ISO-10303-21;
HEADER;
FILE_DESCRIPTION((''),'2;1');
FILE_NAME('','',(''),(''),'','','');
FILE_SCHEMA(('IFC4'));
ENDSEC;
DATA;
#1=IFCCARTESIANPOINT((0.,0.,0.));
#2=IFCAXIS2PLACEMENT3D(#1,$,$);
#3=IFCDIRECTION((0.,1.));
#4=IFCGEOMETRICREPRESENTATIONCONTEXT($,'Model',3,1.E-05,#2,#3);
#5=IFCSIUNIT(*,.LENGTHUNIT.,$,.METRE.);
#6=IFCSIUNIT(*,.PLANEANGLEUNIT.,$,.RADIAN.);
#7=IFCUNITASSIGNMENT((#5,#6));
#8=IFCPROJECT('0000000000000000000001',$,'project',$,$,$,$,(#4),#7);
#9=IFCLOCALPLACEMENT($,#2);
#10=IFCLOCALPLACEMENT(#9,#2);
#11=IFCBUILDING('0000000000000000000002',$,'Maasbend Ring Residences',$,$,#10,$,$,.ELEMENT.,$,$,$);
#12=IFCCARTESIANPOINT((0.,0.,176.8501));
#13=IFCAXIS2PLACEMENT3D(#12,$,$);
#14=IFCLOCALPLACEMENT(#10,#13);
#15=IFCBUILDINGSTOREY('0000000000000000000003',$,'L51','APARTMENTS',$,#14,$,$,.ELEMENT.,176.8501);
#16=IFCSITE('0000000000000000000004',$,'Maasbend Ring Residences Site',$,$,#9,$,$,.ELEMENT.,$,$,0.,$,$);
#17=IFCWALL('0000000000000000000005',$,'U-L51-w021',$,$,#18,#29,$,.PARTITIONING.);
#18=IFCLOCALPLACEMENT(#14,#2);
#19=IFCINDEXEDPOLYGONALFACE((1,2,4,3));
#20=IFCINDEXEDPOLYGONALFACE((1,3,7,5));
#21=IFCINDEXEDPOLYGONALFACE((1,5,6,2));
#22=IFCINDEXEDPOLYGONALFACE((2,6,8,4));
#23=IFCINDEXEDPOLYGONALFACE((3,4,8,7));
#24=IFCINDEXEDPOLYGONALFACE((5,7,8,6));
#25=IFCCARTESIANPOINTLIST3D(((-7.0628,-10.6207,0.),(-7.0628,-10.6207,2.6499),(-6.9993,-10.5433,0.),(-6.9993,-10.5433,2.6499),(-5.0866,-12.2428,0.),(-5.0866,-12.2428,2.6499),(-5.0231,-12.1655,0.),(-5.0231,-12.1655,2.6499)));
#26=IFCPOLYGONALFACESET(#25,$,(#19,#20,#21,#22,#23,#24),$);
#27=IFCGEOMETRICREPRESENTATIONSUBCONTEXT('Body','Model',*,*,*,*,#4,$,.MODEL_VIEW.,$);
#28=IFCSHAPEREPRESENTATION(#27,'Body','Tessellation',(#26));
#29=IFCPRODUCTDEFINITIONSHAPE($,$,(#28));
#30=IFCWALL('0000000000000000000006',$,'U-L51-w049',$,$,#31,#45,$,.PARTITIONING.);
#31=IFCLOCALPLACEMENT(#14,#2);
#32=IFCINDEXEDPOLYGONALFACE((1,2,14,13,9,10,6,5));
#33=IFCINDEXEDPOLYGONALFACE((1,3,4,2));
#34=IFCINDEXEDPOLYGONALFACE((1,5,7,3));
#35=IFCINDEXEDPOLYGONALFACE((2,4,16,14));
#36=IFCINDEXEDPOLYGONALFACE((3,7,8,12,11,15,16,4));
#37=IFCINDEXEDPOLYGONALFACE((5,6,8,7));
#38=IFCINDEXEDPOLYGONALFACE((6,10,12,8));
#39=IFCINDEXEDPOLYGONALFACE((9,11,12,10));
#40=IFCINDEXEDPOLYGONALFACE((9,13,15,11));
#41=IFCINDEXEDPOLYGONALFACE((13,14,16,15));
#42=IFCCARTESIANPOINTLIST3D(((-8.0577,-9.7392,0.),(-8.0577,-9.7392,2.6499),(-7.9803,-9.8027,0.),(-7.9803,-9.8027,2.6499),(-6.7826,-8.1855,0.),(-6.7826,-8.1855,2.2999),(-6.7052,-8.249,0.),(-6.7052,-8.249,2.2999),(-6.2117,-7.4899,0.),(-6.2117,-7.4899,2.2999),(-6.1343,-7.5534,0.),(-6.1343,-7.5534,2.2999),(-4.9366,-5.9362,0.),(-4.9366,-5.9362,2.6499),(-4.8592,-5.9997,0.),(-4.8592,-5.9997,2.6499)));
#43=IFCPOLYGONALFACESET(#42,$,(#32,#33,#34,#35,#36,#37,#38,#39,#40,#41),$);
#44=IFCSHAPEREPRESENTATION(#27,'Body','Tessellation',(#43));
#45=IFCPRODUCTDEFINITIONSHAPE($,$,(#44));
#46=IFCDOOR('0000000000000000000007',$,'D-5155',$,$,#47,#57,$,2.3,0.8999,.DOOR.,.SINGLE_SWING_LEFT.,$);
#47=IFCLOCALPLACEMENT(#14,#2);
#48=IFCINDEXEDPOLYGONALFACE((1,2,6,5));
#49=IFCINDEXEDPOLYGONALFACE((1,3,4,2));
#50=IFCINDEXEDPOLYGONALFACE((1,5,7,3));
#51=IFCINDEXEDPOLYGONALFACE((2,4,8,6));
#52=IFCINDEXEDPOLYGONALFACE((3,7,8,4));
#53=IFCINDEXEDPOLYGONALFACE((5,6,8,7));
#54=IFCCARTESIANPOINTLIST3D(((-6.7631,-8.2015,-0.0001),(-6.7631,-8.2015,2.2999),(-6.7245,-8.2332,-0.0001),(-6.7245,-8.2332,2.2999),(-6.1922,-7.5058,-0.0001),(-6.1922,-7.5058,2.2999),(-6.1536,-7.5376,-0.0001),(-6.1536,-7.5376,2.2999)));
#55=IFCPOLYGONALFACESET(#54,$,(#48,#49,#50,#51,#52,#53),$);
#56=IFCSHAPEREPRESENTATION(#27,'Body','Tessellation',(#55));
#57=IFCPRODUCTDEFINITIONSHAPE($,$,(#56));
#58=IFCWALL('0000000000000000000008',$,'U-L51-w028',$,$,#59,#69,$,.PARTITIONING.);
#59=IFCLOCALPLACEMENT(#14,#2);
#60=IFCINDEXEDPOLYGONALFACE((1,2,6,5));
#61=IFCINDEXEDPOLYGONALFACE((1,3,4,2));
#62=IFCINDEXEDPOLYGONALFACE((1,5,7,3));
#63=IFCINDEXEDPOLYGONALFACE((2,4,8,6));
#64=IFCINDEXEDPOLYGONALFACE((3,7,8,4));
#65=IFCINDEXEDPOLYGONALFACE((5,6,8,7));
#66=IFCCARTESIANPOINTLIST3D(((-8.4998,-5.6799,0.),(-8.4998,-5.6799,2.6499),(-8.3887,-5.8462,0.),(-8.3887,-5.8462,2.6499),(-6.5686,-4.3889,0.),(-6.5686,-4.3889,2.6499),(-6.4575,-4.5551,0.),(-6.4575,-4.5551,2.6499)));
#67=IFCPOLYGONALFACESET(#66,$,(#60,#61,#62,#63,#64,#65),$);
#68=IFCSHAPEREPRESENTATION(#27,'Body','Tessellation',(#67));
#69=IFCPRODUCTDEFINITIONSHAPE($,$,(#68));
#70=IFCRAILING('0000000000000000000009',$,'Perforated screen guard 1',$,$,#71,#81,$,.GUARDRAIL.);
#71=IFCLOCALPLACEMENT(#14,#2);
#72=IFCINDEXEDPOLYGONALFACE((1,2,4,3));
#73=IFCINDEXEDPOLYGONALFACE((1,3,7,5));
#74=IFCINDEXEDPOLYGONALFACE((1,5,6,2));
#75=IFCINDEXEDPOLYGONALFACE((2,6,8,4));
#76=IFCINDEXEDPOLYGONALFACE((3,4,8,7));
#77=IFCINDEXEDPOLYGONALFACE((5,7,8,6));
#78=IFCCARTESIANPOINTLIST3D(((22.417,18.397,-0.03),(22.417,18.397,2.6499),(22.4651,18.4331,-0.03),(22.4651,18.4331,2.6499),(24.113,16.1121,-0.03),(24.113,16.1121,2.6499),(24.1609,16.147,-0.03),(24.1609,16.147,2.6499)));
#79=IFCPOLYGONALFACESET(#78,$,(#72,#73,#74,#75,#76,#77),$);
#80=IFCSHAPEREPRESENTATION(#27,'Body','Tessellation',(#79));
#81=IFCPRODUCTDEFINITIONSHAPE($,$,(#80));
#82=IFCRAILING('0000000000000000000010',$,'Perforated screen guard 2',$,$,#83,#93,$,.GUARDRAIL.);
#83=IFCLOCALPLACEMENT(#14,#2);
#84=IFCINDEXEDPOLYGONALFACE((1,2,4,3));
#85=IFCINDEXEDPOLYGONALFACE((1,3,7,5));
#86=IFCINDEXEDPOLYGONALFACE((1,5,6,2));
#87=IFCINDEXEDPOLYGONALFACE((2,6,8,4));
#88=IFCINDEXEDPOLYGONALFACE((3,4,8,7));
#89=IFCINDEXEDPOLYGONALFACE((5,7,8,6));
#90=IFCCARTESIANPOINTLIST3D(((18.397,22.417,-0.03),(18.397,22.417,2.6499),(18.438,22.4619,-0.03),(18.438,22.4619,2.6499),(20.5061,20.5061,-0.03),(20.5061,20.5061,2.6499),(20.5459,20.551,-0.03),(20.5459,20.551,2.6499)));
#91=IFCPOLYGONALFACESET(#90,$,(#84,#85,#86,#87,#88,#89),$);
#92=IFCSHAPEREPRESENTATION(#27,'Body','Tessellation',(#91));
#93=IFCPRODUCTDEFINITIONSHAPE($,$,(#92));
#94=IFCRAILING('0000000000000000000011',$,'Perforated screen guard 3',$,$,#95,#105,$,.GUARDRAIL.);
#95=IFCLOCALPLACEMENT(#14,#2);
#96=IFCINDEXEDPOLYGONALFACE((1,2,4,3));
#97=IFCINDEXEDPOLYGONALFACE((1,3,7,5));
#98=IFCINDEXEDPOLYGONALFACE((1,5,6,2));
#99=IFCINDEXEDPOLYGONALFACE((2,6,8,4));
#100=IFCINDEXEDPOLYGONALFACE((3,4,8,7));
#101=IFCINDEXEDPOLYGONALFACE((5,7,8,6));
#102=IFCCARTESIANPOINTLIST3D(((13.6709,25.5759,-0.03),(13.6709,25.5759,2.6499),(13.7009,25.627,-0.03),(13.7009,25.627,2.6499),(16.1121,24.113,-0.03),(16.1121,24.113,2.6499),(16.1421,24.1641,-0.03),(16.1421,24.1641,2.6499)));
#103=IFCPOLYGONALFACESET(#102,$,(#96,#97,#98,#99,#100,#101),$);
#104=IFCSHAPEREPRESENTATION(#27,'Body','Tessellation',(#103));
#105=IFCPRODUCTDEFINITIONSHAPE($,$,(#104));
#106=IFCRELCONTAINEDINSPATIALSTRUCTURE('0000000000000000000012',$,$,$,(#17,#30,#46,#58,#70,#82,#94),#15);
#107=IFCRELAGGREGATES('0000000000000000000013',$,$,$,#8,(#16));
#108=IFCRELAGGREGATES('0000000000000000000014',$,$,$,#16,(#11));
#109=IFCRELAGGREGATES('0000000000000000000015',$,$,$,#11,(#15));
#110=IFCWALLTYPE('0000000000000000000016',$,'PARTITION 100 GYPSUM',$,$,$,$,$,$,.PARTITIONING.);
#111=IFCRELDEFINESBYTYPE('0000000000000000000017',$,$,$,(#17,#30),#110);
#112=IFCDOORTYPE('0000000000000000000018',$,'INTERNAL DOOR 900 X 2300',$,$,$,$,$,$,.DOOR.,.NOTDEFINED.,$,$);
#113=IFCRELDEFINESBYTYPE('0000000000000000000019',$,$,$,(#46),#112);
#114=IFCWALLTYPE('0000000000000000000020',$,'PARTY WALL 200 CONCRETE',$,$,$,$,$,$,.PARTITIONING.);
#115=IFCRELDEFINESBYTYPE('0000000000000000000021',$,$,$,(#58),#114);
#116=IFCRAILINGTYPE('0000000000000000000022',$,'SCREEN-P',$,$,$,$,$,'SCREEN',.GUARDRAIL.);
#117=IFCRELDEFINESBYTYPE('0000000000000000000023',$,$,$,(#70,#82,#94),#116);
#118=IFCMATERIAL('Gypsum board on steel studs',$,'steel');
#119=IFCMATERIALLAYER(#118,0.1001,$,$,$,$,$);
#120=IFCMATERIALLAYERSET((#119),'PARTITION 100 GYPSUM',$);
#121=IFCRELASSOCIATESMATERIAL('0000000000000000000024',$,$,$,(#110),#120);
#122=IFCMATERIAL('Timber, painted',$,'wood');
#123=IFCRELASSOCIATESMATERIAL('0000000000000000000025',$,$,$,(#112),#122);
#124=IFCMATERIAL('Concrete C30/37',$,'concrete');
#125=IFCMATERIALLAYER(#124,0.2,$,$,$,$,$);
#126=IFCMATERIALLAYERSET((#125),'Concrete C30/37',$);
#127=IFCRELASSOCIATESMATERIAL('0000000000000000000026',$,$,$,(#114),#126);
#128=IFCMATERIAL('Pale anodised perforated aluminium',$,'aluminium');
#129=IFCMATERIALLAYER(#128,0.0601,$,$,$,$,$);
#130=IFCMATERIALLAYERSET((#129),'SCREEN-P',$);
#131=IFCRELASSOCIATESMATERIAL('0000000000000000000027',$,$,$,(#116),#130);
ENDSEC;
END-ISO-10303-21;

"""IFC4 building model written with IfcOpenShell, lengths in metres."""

from ifc_helpers import new_model, si_unit, direction, frame, frame_2d, origin, place, context, subcontext, project, spatial, polyline, rectangle, outline, extrude, material, layer, layer_set, type_object, element, fill, save


model = new_model("IFC4")

# Units and contexts
model_context = context("Model", 3, precision=1e-05, world=origin(), true_north=direction((0.0, 1.0)))
body_context = subcontext(model_context, "Body", "Model", "MODEL_VIEW")
ifc_project = project(units=[si_unit("LENGTHUNIT", "METRE"), si_unit("PLANEANGLEUNIT", "RADIAN")], contexts=[model_context])

# Site, building, storey
site_placement = place(None, origin())
site = spatial("IfcSite", under=ifc_project, at=site_placement, Name="Maasbend Ring Residences Site", CompositionType="ELEMENT", RefElevation=0.0)
building_placement = place(site_placement, origin())
building = spatial("IfcBuilding", under=site, at=building_placement, Name="Maasbend Ring Residences", CompositionType="ELEMENT")
storey_placement = place(building_placement, frame((0.0, 0.0, 176.8501)))
storey = spatial("IfcBuildingStorey", under=building, at=storey_placement, Name="L51", Description="APARTMENTS", CompositionType="ELEMENT", Elevation=176.8501)

# Wall
ifc_material_1 = material(Name="Gypsum board on steel studs", Category="steel")
ifc_layer_1 = layer(ifc_material_1, 0.1001)
ifc_layer_set_1 = layer_set([ifc_layer_1], Name="PARTITION 100 GYPSUM")
wall_type_1 = type_object("IfcWallType", Name="PARTITION 100 GYPSUM", PredefinedType="PARTITIONING", material=ifc_layer_set_1)
wall_1_placement = place(storey_placement, frame((-7.031, -10.582, 0.0), z_axis=(0.0, 0.0, 1.0), x_axis=(0.772944, -0.634475, 0.0)))
element("IfcWall", 1, at=wall_1_placement, inside=storey, type_object=wall_type_1, Name="U-L51-w021", PredefinedType="PARTITIONING", context=body_context, shape_type="SweptSolid", body=[
    extrude(rectangle(XDim=2.5566, YDim=0.1001, at=frame_2d((1.2783, 0.0))), origin(), (0.0, 0.0, 1.0), 2.6499),
])

# Wall, opening, door
wall_2_placement = place(storey_placement, frame((-8.019, -9.771, 0.0), z_axis=(0.0, 0.0, 1.0), x_axis=(0.634402, 0.773003, 0.0)))
wall_2 = element("IfcWall", 2, at=wall_2_placement, inside=storey, type_object=wall_type_1, Name="U-L51-w049", PredefinedType="PARTITIONING", context=body_context, shape_type="SweptSolid", body=[
    extrude(rectangle(XDim=4.9197, YDim=0.1001, at=frame_2d((2.46, 0.0))), origin(), (0.0, 0.0, 1.0), 2.6499),
])
opening_placement = place(wall_2_placement, frame((2.01, 0.0, 0.0)))
opening = element("IfcOpeningElement", 3, at=opening_placement, cuts=wall_2, PredefinedType="OPENING", context=body_context, shape_type="SweptSolid", body=[
    extrude(rectangle(XDim=0.8999, YDim=2.3, at=frame_2d((0.45, 1.1499))), frame((0.0, 0.0601, 0.0), z_axis=(0.0, -1.0, 0.0), x_axis=(1.0, 0.0, 0.0)), (0.0, 0.0, 1.0), 0.1201),
])
ifc_material_2 = material(Name="Timber, painted", Category="wood")
door_type = type_object("IfcDoorType", Name="INTERNAL DOOR 900 X 2300", OperationType="NOTDEFINED", PredefinedType="DOOR", material=ifc_material_2)
door_placement = place(opening_placement, origin())
door = element("IfcDoor", 4, at=door_placement, inside=storey, type_object=door_type, Name="D-5155", OperationType="SINGLE_SWING_LEFT", OverallHeight=2.3, OverallWidth=0.8999, PredefinedType="DOOR", context=body_context, shape_type="SweptSolid", body=[
    extrude(rectangle(XDim=0.8999, YDim=2.3, at=frame_2d((0.45, 1.1499))), frame((0.0, 0.0249, 0.0), z_axis=(0.0, -1.0, 0.0), x_axis=(1.0, 0.0, 0.0)), (0.0, 0.0, 1.0), 0.05),
])
fill(opening, door)

# Wall
ifc_material_3 = material(Name="Concrete C30/37", Category="concrete")
ifc_layer_2 = layer(ifc_material_3, 0.2)
ifc_layer_set_2 = layer_set([ifc_layer_2], Name="Concrete C30/37")
wall_type_2 = type_object("IfcWallType", Name="PARTY WALL 200 CONCRETE", PredefinedType="PARTITIONING", material=ifc_layer_set_2)
wall_3_placement = place(storey_placement, frame((-6.5129, -4.4719, 0.0), z_axis=(0.0, 0.0, 1.0), x_axis=(-0.831338, -0.555767, 0.0)))
element("IfcWall", 5, at=wall_3_placement, inside=storey, type_object=wall_type_2, Name="U-L51-w028", PredefinedType="PARTITIONING", context=body_context, shape_type="SweptSolid", body=[
    extrude(rectangle(XDim=2.323, YDim=0.2, at=frame_2d((1.1616, 0.0))), origin(), (0.0, 0.0, 1.0), 2.6499),
])

# Railings
ifc_material_4 = material(Name="Pale anodised perforated aluminium", Category="aluminium")
ifc_layer_3 = layer(ifc_material_4, 0.0601)
ifc_layer_set_3 = layer_set([ifc_layer_3], Name="SCREEN-P")
railing_type = type_object("IfcRailingType", Name="SCREEN-P", ElementType="SCREEN", PredefinedType="GUARDRAIL", material=ifc_layer_set_3)
railing_1_placement = place(storey_placement, frame((0.0, 0.0, -0.03)))
element("IfcRailing", 6, at=railing_1_placement, inside=storey, type_object=railing_type, Name="Perforated screen guard 1", PredefinedType="GUARDRAIL", context=body_context, shape_type="SweptSolid", body=[
    extrude(outline(polyline([(24.113, 16.1121), (22.417, 18.397), (22.4651, 18.4331), (24.1609, 16.147), (24.113, 16.1121)])), origin(), (0.0, 0.0, 1.0), 2.6799),
])
railing_2_placement = place(storey_placement, frame((0.0, 0.0, -0.03)))
element("IfcRailing", 7, at=railing_2_placement, inside=storey, type_object=railing_type, Name="Perforated screen guard 2", PredefinedType="GUARDRAIL", context=body_context, shape_type="SweptSolid", body=[
    extrude(outline(polyline([(20.5061, 20.5061), (18.397, 22.417), (18.438, 22.4619), (20.5459, 20.551), (20.5061, 20.5061)])), origin(), (0.0, 0.0, 1.0), 2.6799),
])
railing_3_placement = place(storey_placement, frame((0.0, 0.0, -0.03)))
element("IfcRailing", 8, at=railing_3_placement, inside=storey, type_object=railing_type, Name="Perforated screen guard 3", PredefinedType="GUARDRAIL", context=body_context, shape_type="SweptSolid", body=[
    extrude(outline(polyline([(16.1121, 24.113), (13.6709, 25.5759), (13.7009, 25.627), (16.1421, 24.1641), (16.1121, 24.113)])), origin(), (0.0, 0.0, 1.0), 2.6799),
])

save(model, "model.ifc")
